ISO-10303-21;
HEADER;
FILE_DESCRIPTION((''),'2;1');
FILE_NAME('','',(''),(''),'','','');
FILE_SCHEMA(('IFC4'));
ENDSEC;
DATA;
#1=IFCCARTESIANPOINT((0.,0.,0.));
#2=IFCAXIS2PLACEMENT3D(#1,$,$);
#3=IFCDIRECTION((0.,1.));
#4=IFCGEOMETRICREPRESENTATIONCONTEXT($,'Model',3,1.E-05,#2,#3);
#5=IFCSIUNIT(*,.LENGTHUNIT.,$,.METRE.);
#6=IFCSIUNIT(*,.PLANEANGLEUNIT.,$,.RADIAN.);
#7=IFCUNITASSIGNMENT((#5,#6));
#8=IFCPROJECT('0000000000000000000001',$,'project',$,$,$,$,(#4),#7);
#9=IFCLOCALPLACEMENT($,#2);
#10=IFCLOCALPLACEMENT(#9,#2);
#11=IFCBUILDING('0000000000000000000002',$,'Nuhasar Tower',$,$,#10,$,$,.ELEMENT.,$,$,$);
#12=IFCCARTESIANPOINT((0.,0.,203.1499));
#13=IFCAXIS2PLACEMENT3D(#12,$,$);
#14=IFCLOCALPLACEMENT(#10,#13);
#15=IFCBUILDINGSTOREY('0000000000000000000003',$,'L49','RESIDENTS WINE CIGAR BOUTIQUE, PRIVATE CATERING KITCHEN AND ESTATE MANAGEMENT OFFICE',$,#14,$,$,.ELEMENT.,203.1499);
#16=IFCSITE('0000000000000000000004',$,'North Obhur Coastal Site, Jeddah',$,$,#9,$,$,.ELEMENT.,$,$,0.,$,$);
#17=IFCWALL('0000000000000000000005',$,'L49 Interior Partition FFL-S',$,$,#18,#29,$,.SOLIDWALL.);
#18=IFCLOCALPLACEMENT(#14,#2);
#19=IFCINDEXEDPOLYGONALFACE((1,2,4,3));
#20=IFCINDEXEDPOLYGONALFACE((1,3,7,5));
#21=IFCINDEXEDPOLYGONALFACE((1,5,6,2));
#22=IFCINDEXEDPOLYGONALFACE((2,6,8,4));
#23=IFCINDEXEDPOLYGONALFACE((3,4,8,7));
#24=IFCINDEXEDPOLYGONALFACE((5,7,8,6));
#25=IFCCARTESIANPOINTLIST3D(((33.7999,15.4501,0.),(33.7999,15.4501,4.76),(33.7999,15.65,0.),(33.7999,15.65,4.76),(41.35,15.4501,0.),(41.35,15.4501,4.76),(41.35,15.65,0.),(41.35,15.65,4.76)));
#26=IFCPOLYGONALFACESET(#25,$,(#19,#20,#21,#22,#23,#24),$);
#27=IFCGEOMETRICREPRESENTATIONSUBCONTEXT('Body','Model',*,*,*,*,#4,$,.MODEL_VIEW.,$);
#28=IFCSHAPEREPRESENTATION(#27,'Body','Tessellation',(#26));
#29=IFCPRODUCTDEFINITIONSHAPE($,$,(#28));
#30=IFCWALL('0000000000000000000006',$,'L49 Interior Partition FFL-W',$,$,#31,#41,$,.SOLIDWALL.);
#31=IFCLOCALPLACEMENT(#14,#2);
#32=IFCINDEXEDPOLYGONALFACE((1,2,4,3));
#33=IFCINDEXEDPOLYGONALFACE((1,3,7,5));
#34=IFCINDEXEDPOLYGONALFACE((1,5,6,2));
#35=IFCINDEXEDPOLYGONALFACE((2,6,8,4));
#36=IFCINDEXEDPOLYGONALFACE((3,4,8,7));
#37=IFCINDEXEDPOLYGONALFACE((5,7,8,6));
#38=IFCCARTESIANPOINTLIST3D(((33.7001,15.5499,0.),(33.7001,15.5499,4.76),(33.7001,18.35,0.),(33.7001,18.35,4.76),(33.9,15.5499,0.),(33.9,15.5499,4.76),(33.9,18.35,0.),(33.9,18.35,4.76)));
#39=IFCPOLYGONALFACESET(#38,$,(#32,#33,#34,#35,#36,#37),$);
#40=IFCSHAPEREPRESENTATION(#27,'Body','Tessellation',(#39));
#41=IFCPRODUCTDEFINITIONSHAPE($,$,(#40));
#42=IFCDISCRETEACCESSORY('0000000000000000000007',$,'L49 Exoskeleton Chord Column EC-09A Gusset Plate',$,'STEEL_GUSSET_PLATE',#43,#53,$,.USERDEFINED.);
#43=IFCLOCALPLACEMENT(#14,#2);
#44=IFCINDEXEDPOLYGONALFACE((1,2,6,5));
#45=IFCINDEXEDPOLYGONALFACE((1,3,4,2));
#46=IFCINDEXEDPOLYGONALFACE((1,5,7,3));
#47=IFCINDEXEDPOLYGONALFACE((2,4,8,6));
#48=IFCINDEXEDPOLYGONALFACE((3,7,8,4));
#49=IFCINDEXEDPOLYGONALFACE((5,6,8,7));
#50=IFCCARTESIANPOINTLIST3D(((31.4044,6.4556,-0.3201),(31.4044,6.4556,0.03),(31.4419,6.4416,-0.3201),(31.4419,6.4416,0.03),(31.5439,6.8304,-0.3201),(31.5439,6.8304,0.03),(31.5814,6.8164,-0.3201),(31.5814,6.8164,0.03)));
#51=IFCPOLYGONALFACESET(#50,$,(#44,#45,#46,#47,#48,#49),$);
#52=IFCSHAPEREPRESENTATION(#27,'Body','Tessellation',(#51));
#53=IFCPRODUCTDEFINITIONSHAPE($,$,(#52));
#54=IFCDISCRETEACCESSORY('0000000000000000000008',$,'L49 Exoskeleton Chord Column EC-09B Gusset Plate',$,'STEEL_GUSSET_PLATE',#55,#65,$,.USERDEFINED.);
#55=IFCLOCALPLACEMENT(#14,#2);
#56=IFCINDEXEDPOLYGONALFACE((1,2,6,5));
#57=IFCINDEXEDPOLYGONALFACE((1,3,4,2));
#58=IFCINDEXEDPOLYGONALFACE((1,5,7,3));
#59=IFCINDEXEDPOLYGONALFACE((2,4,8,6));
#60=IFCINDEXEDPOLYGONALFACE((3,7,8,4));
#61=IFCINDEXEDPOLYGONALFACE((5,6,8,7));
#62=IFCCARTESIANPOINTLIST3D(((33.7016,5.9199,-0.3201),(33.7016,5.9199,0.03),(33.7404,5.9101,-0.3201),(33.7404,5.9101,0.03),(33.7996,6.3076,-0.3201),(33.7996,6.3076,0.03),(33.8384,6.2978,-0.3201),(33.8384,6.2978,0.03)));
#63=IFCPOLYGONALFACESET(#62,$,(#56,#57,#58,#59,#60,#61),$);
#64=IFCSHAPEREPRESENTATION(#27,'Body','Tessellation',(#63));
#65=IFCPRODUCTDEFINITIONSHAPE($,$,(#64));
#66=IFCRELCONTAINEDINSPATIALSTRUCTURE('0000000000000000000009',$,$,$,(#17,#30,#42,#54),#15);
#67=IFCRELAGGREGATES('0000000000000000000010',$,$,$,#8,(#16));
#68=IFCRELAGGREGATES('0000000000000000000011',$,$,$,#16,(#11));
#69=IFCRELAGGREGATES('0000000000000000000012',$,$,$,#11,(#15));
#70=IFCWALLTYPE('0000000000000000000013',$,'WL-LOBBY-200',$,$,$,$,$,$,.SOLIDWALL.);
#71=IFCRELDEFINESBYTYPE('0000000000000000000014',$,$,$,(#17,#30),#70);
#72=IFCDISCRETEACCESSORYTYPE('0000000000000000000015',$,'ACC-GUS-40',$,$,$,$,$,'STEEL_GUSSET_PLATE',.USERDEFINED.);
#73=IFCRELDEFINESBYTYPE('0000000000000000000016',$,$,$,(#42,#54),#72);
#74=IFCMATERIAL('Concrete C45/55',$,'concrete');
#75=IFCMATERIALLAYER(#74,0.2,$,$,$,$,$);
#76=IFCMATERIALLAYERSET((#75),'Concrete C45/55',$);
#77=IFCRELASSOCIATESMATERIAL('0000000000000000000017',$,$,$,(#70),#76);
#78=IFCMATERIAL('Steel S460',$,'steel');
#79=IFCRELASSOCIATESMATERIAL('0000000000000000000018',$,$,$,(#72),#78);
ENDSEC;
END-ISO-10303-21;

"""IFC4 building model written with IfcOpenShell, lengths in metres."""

from ifc_helpers import new_model, si_unit, direction, frame, frame_2d, origin, origin_2d, place, context, subcontext, project, spatial, rectangle, extrude, material, layer, layer_set, type_object, element, save


model = new_model("IFC4")

# Units and contexts
model_context = context("Model", 3, precision=1e-05, world=origin(), true_north=direction((0.0, 1.0)))
body_context = subcontext(model_context, "Body", "Model", "MODEL_VIEW")
ifc_project = project(units=[si_unit("LENGTHUNIT", "METRE"), si_unit("PLANEANGLEUNIT", "RADIAN")], contexts=[model_context])

# Site, building, storey
site_placement = place(None, origin())
site = spatial("IfcSite", under=ifc_project, at=site_placement, Name="North Obhur Coastal Site, Jeddah", CompositionType="ELEMENT", RefElevation=0.0)
building_placement = place(site_placement, origin())
building = spatial("IfcBuilding", under=site, at=building_placement, Name="Nuhasar Tower", CompositionType="ELEMENT")
storey_placement = place(building_placement, frame((0.0, 0.0, 203.1499)))
storey = spatial("IfcBuildingStorey", under=building, at=storey_placement, Name="L49", Description="RESIDENTS WINE CIGAR BOUTIQUE, PRIVATE CATERING KITCHEN AND ESTATE MANAGEMENT OFFICE", CompositionType="ELEMENT", Elevation=203.1499)

# Shared definitions
ifc_material_1 = material(Name="Steel S460", Category="steel")

# Walls
ifc_material_2 = material(Name="Concrete C45/55", Category="concrete")
ifc_layer_1 = layer(ifc_material_2, 0.2)
ifc_layer_set_1 = layer_set([ifc_layer_1], Name="Concrete C45/55")
wall_type_1 = type_object("IfcWallType", Name="WL-LOBBY-200", PredefinedType="SOLIDWALL", material=ifc_layer_set_1)
wall_1_placement = place(storey_placement, frame((33.8, 15.55, 0.0), z_axis=(0.0, 0.0, 1.0), x_axis=(1.0, 0.0, 0.0)))
element("IfcWall", 1, at=wall_1_placement, inside=storey, type_object=wall_type_1, Name="L49 Interior Partition FFL-S", PredefinedType="SOLIDWALL", context=body_context, shape_type="SweptSolid", body=[
    extrude(rectangle(XDim=7.55, YDim=0.2, at=frame_2d((3.7749, 0.0))), origin(), (0.0, 0.0, 1.0), 4.76),
])
wall_2_placement = place(storey_placement, frame((33.8, 15.55, 0.0), z_axis=(0.0, 0.0, 1.0), x_axis=(0.0, 1.0, 0.0)))
element("IfcWall", 2, at=wall_2_placement, inside=storey, type_object=wall_type_1, Name="L49 Interior Partition FFL-W", PredefinedType="SOLIDWALL", context=body_context, shape_type="SweptSolid", body=[
    extrude(rectangle(XDim=2.8, YDim=0.2, at=frame_2d((1.3999, 0.0))), origin(), (0.0, 0.0, 1.0), 4.76),
])

# Discrete accessories
discrete_accessory_type = type_object("IfcDiscreteAccessoryType", Name="ACC-GUS-40", ElementType="STEEL_GUSSET_PLATE", PredefinedType="USERDEFINED", material=ifc_material_1)
for number, where, z_axis, x_axis, name in (
    (3, (31.4929, 6.636, -0.3201), (0.0, 0.0, 1.0), (-0.348916, -0.937154, 0.0), "L49 Exoskeleton Chord Column EC-09A Gusset Plate"),
    (4, (33.77, 6.1089, -0.3201), (0.0, 0.0, 1.0), (-0.245037, -0.969514, 0.0), "L49 Exoskeleton Chord Column EC-09B Gusset Plate"),
):
    element("IfcDiscreteAccessory", number, at=place(storey_placement, frame(where, z_axis=z_axis, x_axis=x_axis)), inside=storey, type_object=discrete_accessory_type, Name=name, ObjectType="STEEL_GUSSET_PLATE", PredefinedType="USERDEFINED", context=body_context, shape_type="SweptSolid", body=[
        extrude(rectangle(XDim=0.3999, YDim=0.04, at=origin_2d()), origin(), (0.0, 0.0, 1.0), 0.3501),
    ])

save(model, "model.ifc")
